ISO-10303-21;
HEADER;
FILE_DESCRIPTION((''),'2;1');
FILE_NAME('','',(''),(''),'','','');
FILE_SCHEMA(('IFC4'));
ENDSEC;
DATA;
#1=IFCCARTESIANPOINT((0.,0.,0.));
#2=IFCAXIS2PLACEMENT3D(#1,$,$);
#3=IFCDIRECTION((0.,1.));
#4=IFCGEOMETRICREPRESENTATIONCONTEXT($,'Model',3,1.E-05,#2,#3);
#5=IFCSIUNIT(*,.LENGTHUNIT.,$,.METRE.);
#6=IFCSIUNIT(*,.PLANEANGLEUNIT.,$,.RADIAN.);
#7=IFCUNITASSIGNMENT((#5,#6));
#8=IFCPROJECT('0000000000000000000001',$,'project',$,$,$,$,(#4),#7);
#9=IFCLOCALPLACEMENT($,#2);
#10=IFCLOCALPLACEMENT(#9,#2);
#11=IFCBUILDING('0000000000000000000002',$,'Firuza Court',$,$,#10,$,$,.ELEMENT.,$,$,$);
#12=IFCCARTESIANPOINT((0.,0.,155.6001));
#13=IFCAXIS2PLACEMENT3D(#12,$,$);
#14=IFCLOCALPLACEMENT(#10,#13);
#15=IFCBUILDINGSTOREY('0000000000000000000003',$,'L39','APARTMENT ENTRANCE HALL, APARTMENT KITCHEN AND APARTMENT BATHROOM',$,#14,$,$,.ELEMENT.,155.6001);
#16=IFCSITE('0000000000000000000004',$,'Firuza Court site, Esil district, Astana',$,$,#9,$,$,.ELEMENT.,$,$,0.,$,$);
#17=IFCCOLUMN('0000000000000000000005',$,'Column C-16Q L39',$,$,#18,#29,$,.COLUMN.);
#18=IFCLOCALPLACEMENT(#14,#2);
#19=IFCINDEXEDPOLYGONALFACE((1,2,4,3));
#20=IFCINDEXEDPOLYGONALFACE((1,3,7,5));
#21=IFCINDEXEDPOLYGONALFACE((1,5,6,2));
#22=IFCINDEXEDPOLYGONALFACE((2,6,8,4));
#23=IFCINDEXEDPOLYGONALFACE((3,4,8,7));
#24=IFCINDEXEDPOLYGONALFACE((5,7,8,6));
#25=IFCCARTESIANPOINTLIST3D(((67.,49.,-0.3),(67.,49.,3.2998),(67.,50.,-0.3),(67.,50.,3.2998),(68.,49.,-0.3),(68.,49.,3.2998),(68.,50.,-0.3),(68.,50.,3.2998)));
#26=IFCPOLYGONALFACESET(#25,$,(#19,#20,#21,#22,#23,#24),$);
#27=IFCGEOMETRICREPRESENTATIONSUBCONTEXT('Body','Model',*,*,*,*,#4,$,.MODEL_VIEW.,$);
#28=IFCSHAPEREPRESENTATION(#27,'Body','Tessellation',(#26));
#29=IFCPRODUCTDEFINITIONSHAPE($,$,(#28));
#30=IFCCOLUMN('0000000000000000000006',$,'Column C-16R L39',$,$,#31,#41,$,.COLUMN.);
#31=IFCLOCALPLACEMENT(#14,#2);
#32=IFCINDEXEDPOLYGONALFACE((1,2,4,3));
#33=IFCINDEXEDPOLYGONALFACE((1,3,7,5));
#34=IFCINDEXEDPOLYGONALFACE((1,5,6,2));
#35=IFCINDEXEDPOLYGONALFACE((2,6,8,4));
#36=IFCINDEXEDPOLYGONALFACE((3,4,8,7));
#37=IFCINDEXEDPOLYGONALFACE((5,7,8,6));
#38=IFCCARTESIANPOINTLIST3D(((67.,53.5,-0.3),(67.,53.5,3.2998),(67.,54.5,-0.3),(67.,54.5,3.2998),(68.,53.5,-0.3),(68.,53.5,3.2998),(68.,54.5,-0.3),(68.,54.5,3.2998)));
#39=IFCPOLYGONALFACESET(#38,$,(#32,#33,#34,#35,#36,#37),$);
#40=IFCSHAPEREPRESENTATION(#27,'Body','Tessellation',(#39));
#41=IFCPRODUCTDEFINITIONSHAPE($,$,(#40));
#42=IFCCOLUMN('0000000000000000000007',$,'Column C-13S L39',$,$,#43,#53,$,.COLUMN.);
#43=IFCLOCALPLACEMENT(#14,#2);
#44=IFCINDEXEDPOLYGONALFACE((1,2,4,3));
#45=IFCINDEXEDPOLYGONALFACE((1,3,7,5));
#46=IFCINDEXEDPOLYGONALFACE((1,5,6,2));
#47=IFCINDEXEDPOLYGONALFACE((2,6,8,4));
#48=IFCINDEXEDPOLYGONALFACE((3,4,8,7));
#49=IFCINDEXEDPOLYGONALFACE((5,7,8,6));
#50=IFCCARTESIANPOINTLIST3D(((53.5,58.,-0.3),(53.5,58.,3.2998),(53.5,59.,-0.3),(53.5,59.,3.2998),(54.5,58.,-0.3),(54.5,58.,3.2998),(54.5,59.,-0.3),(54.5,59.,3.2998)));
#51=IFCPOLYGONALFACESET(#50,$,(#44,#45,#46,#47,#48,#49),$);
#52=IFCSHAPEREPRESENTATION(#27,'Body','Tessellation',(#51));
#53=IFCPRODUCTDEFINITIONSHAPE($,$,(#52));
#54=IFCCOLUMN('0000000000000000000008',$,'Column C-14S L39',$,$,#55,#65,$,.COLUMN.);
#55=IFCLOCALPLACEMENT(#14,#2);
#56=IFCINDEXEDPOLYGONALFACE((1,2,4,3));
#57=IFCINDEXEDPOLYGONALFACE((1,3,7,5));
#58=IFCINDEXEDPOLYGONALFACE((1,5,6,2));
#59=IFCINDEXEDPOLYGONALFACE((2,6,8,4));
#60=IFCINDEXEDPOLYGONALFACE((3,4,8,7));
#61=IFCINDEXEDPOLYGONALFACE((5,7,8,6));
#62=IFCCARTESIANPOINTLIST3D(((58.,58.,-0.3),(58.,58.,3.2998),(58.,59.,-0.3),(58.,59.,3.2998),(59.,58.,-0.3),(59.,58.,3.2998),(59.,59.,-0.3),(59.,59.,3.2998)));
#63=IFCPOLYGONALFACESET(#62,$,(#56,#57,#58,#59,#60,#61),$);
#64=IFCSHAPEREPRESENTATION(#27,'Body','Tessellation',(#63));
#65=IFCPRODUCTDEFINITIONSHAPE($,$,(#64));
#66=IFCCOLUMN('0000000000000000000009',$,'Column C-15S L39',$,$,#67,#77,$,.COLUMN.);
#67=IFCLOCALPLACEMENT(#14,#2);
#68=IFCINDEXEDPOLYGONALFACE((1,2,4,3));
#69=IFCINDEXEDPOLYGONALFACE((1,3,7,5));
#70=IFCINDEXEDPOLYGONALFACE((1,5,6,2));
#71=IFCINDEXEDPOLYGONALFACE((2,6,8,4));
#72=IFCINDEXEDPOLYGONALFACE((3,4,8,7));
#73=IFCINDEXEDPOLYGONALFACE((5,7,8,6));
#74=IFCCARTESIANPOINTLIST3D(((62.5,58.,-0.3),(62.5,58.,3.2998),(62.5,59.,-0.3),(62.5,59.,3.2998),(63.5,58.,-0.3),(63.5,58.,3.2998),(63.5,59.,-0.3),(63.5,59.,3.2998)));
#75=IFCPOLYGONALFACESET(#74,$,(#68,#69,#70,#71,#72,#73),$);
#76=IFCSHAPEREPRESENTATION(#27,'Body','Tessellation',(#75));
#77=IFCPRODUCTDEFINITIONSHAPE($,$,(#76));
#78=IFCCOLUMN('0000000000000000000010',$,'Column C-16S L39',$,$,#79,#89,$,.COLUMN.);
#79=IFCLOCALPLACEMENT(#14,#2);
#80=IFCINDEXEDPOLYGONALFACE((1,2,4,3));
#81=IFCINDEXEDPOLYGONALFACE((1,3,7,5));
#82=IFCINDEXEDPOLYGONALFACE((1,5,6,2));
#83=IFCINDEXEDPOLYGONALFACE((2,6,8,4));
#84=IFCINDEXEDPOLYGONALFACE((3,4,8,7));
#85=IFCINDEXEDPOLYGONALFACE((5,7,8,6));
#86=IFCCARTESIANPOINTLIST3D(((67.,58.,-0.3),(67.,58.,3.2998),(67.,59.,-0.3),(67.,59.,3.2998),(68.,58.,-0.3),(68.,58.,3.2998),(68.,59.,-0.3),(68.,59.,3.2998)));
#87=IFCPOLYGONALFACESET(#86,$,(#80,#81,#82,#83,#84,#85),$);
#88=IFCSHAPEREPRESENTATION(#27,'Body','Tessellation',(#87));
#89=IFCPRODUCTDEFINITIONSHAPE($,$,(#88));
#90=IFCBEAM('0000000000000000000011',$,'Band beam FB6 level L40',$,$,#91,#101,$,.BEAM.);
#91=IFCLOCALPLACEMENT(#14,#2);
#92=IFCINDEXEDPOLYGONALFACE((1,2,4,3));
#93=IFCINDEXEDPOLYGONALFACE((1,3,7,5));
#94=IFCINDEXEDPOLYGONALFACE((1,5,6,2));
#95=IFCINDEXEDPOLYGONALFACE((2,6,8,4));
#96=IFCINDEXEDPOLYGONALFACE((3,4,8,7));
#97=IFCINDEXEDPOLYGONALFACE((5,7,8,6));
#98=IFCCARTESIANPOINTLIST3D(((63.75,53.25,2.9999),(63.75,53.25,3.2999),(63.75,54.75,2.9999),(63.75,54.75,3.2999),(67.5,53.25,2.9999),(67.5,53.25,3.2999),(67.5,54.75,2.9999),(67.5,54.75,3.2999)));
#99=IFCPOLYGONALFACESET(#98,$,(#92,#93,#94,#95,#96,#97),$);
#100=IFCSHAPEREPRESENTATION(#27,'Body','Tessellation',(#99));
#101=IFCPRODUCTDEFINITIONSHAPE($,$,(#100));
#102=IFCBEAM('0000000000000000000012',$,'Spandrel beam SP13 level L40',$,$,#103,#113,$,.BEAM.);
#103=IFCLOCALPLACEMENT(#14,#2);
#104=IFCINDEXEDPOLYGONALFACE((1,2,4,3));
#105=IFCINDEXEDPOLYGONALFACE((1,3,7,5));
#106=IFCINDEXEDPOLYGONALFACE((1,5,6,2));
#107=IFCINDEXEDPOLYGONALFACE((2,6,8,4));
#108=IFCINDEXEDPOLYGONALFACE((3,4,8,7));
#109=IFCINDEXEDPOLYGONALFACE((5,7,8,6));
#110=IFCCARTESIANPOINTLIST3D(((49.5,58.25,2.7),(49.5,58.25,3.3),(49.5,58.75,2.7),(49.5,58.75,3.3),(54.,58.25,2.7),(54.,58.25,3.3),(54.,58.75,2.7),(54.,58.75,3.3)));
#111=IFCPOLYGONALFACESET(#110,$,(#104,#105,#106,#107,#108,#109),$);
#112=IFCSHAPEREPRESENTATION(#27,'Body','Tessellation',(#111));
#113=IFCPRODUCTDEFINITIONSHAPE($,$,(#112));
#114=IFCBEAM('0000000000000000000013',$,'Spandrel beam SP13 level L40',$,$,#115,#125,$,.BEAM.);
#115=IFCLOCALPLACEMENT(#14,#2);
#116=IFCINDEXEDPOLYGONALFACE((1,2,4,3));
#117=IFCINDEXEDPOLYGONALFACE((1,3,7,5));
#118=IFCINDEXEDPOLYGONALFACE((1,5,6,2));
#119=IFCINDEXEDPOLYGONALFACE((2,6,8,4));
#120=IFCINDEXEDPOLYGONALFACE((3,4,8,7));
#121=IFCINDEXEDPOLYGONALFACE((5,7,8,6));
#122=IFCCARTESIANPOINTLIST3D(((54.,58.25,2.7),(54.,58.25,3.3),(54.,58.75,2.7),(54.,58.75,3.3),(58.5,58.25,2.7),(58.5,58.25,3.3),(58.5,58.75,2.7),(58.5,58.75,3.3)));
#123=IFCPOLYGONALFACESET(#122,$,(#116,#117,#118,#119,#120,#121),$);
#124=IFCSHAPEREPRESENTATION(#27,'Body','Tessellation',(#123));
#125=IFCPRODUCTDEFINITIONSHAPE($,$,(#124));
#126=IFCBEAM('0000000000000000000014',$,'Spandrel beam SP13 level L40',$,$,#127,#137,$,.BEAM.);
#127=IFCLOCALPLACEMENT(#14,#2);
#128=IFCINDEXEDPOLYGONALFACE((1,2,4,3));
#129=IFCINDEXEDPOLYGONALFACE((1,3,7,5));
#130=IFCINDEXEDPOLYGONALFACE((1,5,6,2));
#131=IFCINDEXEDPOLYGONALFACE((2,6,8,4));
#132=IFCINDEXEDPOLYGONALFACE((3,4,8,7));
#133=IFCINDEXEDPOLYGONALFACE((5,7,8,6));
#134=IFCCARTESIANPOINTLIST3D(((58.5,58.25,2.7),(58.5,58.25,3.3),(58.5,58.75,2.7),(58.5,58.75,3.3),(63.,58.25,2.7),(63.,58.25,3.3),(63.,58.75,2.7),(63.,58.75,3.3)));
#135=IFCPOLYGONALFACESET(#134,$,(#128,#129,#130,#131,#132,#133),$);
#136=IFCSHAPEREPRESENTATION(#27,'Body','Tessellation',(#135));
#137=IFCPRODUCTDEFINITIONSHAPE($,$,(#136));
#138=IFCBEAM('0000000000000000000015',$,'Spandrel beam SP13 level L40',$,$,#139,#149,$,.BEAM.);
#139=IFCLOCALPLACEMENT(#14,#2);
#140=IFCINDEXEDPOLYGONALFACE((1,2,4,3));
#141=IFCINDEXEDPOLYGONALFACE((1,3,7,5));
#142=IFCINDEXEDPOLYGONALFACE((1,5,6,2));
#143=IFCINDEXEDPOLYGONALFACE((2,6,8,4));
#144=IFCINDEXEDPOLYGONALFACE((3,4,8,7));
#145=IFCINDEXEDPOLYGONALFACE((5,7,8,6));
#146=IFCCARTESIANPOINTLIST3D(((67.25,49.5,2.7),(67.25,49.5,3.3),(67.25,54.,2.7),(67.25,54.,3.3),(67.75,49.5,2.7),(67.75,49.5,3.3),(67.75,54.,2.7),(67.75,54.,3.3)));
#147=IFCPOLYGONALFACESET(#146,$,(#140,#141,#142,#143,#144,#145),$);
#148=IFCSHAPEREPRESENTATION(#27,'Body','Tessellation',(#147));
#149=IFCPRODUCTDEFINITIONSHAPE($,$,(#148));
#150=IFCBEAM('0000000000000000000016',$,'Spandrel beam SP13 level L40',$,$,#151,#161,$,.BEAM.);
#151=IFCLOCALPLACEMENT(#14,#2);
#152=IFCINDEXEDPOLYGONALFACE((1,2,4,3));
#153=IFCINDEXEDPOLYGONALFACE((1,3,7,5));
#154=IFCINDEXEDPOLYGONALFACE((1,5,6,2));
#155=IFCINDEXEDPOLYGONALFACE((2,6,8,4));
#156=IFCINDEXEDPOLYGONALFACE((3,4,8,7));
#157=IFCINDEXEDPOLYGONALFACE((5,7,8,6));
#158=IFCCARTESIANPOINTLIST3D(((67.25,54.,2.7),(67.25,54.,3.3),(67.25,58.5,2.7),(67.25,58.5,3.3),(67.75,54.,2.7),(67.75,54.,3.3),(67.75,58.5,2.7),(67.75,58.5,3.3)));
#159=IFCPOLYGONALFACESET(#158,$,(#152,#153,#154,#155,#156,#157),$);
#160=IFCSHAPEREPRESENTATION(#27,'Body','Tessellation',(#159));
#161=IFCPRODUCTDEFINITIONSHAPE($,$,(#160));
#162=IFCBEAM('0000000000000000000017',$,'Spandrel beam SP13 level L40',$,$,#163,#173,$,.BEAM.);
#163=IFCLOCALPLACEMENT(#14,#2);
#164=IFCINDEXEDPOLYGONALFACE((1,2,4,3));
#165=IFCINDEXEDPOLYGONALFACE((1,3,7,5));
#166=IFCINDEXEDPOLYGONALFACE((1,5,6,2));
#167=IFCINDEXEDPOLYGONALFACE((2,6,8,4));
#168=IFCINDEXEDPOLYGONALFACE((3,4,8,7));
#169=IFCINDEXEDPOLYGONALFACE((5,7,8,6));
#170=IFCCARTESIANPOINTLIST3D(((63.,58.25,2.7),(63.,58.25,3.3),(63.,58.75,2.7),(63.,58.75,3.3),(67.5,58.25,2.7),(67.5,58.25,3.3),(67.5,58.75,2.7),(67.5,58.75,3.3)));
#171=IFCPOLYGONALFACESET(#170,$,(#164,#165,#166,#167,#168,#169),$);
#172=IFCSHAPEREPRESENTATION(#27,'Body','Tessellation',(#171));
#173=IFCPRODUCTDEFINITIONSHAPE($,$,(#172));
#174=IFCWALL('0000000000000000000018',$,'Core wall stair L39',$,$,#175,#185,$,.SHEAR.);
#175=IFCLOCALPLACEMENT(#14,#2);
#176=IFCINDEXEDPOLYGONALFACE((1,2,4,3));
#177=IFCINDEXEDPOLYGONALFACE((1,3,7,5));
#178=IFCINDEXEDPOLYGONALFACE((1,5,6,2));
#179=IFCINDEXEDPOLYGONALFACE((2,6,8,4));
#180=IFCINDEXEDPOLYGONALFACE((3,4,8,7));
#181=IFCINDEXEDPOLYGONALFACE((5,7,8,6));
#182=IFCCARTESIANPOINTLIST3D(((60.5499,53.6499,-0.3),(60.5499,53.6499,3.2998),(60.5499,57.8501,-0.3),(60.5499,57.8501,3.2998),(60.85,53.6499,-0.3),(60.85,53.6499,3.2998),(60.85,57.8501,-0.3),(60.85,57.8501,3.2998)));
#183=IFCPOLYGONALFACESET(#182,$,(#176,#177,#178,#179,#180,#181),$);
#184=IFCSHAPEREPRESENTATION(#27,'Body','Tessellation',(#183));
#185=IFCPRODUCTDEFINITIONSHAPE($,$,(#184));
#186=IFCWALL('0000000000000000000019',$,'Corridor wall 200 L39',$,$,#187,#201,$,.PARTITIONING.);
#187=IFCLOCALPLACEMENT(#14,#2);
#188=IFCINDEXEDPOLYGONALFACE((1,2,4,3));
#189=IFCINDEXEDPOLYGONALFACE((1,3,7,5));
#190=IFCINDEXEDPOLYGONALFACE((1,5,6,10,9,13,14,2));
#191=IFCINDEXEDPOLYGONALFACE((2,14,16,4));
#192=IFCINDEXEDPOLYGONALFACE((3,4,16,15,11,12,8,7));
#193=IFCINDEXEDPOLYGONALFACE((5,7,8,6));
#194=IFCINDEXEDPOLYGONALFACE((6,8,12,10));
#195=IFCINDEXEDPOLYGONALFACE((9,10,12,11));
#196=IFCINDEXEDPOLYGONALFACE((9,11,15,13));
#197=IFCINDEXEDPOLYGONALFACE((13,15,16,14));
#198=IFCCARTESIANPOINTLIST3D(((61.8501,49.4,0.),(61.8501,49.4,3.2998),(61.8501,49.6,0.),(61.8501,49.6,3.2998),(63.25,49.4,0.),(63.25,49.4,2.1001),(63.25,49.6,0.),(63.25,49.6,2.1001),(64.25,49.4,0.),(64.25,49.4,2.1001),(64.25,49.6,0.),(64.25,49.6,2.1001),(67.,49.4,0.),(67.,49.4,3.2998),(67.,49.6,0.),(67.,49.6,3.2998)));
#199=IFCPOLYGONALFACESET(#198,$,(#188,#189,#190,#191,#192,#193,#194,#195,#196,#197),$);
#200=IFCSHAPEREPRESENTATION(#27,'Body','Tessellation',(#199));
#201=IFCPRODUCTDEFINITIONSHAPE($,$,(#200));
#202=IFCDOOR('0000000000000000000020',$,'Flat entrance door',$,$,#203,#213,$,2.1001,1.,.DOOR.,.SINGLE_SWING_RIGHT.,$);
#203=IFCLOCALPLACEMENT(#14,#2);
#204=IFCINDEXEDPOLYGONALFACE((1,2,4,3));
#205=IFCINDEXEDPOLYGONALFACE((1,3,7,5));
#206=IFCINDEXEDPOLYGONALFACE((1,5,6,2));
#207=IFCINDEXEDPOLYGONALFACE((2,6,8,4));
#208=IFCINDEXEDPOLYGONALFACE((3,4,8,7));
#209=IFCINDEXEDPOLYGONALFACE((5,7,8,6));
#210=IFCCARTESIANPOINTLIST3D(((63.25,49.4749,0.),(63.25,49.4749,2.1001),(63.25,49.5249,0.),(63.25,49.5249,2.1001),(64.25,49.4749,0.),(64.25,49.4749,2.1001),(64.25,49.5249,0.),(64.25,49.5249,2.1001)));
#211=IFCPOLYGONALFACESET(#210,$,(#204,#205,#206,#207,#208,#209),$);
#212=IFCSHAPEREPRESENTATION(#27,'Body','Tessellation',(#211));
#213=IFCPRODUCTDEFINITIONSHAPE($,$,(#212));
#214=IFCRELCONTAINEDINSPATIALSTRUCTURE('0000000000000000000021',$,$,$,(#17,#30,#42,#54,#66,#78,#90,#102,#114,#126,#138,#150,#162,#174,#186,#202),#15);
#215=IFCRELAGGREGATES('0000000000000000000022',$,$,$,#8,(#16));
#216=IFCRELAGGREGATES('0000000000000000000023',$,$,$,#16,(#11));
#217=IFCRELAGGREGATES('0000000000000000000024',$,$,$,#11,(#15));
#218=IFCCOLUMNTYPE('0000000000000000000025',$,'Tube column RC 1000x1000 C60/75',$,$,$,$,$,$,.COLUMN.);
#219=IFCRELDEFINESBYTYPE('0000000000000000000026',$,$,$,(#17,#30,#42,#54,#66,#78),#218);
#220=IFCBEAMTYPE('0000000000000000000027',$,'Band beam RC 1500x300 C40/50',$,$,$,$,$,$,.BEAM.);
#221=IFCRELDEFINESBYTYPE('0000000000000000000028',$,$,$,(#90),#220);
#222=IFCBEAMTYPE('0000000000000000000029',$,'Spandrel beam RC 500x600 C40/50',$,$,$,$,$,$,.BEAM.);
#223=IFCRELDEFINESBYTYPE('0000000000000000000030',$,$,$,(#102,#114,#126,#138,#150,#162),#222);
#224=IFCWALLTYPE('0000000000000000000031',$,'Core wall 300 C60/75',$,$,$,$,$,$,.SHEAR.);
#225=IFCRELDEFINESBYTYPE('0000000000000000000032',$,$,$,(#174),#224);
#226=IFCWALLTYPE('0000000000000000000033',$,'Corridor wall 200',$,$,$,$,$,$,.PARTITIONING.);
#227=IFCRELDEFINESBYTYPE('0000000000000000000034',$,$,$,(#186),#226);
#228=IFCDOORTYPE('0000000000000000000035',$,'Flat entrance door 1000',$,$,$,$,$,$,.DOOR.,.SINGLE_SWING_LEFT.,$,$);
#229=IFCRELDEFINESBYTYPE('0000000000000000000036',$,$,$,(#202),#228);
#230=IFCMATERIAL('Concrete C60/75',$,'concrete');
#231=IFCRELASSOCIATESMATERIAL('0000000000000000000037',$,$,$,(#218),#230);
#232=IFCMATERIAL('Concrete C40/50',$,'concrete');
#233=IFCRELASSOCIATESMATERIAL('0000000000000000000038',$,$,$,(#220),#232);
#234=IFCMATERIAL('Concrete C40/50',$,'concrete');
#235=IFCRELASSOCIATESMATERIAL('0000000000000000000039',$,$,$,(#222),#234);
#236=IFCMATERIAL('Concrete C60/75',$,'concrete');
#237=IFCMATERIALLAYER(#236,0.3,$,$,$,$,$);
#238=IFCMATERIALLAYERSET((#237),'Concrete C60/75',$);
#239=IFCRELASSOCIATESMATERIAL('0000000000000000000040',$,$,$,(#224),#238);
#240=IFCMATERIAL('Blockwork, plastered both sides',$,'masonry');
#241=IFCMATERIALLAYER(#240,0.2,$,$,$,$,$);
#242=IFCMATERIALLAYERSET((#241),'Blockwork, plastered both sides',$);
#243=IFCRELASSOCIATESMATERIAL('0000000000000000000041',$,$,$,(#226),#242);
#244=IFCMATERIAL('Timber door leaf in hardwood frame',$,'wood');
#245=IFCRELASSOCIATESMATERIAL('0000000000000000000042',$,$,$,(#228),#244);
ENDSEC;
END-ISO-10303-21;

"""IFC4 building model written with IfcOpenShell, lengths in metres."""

from ifc_helpers import new_model, si_unit, direction, frame, frame_2d, origin, origin_2d, place, context, subcontext, project, spatial, rectangle, extrude, material, layer, layer_set, material_profile, profile_set, type_object, element, fill, save


model = new_model("IFC4")

# Units and contexts
model_context = context("Model", 3, precision=1e-05, world=origin(), true_north=direction((0.0, 1.0)))
body_context = subcontext(model_context, "Body", "Model", "MODEL_VIEW")
ifc_project = project(units=[si_unit("LENGTHUNIT", "METRE"), si_unit("PLANEANGLEUNIT", "RADIAN")], contexts=[model_context])

# Site, building, storey
site_placement = place(None, origin())
site = spatial("IfcSite", under=ifc_project, at=site_placement, Name="Firuza Court site, Esil district, Astana", CompositionType="ELEMENT", RefElevation=0.0)
building_placement = place(site_placement, origin())
building = spatial("IfcBuilding", under=site, at=building_placement, Name="Firuza Court", CompositionType="ELEMENT")
storey_placement = place(building_placement, frame((0.0, 0.0, 155.6001)))
storey = spatial("IfcBuildingStorey", under=building, at=storey_placement, Name="L39", Description="APARTMENT ENTRANCE HALL, APARTMENT KITCHEN AND APARTMENT BATHROOM", CompositionType="ELEMENT", Elevation=155.6001)

# Columns
ifc_material_1 = material(Name="Concrete C60/75", Category="concrete")
ifc_material_profile_1 = material_profile(ifc_material_1, rectangle(XDim=1.0, YDim=1.0, at=origin_2d()), Name="RC 1000x1000")
ifc_profile_set_1 = profile_set([ifc_material_profile_1], Name="Concrete C60/75")
column_type = type_object("IfcColumnType", Name="Tube column RC 1000x1000 C60/75", PredefinedType="COLUMN", material=ifc_profile_set_1)
for number, where, z_axis, x_axis, name in (
    (1, (67.5, 49.5, -0.3), (0.0, 0.0, 1.0), (1.0, 0.0, 0.0), "Column C-16Q L39"),
    (2, (67.5, 54.0, -0.3), (0.0, 0.0, 1.0), (1.0, 0.0, 0.0), "Column C-16R L39"),
    (3, (54.0, 58.5, -0.3), (0.0, 0.0, 1.0), (1.0, 0.0, 0.0), "Column C-13S L39"),
    (4, (58.5, 58.5, -0.3), (0.0, 0.0, 1.0), (1.0, 0.0, 0.0), "Column C-14S L39"),
    (5, (63.0, 58.5, -0.3), (0.0, 0.0, 1.0), (1.0, 0.0, 0.0), "Column C-15S L39"),
    (6, (67.5, 58.5, -0.3), (0.0, 0.0, 1.0), (1.0, 0.0, 0.0), "Column C-16S L39"),
):
    element("IfcColumn", number, at=place(storey_placement, frame(where, z_axis=z_axis, x_axis=x_axis)), inside=storey, type_object=column_type, Name=name, PredefinedType="COLUMN", context=body_context, shape_type="SweptSolid", body=[
        extrude(rectangle(XDim=1.0, YDim=1.0, at=origin_2d()), origin(), (0.0, 0.0, 1.0), 3.5999),
    ])

# Beams
ifc_material_2 = material(Name="Concrete C40/50", Category="concrete")
ifc_material_profile_2 = material_profile(ifc_material_2, rectangle(XDim=1.5, YDim=0.3, at=origin_2d()), Name="RC 1500x300")
ifc_profile_set_2 = profile_set([ifc_material_profile_2], Name="Concrete C40/50")
beam_type_1 = type_object("IfcBeamType", Name="Band beam RC 1500x300 C40/50", PredefinedType="BEAM", material=ifc_profile_set_2)
beam_placement = place(storey_placement, frame((67.5, 54.0, 3.1499), z_axis=(-1.0, 0.0, 0.0), x_axis=(0.0, -1.0, 0.0)))
element("IfcBeam", 7, at=beam_placement, inside=storey, type_object=beam_type_1, Name="Band beam FB6 level L40", PredefinedType="BEAM", context=body_context, shape_type="SweptSolid", body=[
    extrude(rectangle(XDim=1.5, YDim=0.3, at=origin_2d()), origin(), (0.0, 0.0, 1.0), 3.75),
])
ifc_material_3 = material(Name="Concrete C40/50", Category="concrete")
ifc_material_profile_3 = material_profile(ifc_material_3, rectangle(XDim=0.5, YDim=0.6001, at=origin_2d()), Name="RC 500x600")
ifc_profile_set_3 = profile_set([ifc_material_profile_3], Name="Concrete C40/50")
beam_type_2 = type_object("IfcBeamType", Name="Spandrel beam RC 500x600 C40/50", PredefinedType="BEAM", material=ifc_profile_set_3)
for number, where, z_axis, x_axis, name in (
    (8, (54.0, 58.5, 3.0), (-1.0, 0.0, 0.0), (0.0, -1.0, 0.0), "Spandrel beam SP13 level L40"),
    (9, (58.5, 58.5, 3.0), (-1.0, 0.0, 0.0), (0.0, -1.0, 0.0), "Spandrel beam SP13 level L40"),
    (10, (63.0, 58.5, 3.0), (-1.0, 0.0, 0.0), (0.0, -1.0, 0.0), "Spandrel beam SP13 level L40"),
    (11, (67.5, 49.5, 3.0), (0.0, 1.0, 0.0), (-1.0, 0.0, 0.0), "Spandrel beam SP13 level L40"),
    (12, (67.5, 54.0, 3.0), (0.0, 1.0, 0.0), (-1.0, 0.0, 0.0), "Spandrel beam SP13 level L40"),
    (13, (67.5, 58.5, 3.0), (-1.0, 0.0, 0.0), (0.0, -1.0, 0.0), "Spandrel beam SP13 level L40"),
):
    element("IfcBeam", number, at=place(storey_placement, frame(where, z_axis=z_axis, x_axis=x_axis)), inside=storey, type_object=beam_type_2, Name=name, PredefinedType="BEAM", context=body_context, shape_type="SweptSolid", body=[
        extrude(rectangle(XDim=0.5, YDim=0.6001, at=origin_2d()), origin(), (0.0, 0.0, 1.0), 4.5),
    ])

# Wall
ifc_material_4 = material(Name="Concrete C60/75", Category="concrete")
ifc_layer_1 = layer(ifc_material_4, 0.3)
ifc_layer_set_1 = layer_set([ifc_layer_1], Name="Concrete C60/75")
wall_type_1 = type_object("IfcWallType", Name="Core wall 300 C60/75", PredefinedType="SHEAR", material=ifc_layer_set_1)
wall_1_placement = place(storey_placement, frame((60.7, 53.6499, -0.3), z_axis=(0.0, 0.0, 1.0), x_axis=(0.0, 1.0, 0.0)))
element("IfcWall", 14, at=wall_1_placement, inside=storey, type_object=wall_type_1, Name="Core wall stair L39", PredefinedType="SHEAR", context=body_context, shape_type="SweptSolid", body=[
    extrude(rectangle(XDim=4.2002, YDim=0.3, at=frame_2d((2.1001, 0.0))), origin(), (0.0, 0.0, 1.0), 3.5999),
])

# Wall, opening, door
ifc_material_5 = material(Name="Blockwork, plastered both sides", Category="masonry")
ifc_layer_2 = layer(ifc_material_5, 0.2)
ifc_layer_set_2 = layer_set([ifc_layer_2], Name="Blockwork, plastered both sides")
wall_type_2 = type_object("IfcWallType", Name="Corridor wall 200", PredefinedType="PARTITIONING", material=ifc_layer_set_2)
wall_2_placement = place(storey_placement, frame((61.8501, 49.5, 0.0), z_axis=(0.0, 0.0, 1.0), x_axis=(1.0, 0.0, 0.0)))
wall_2 = element("IfcWall", 15, at=wall_2_placement, inside=storey, type_object=wall_type_2, Name="Corridor wall 200 L39", PredefinedType="PARTITIONING", context=body_context, shape_type="SweptSolid", body=[
    extrude(rectangle(XDim=5.1499, YDim=0.2, at=frame_2d((2.575, 0.0))), origin(), (0.0, 0.0, 1.0), 3.2998),
])
opening_1_placement = place(wall_2_placement, frame((1.3999, 0.0, 0.0)))
opening_1 = element("IfcOpeningElement", 16, at=opening_1_placement, cuts=wall_2, PredefinedType="OPENING", context=body_context, shape_type="SweptSolid", body=[
    extrude(rectangle(XDim=1.0, YDim=2.1001, at=frame_2d((0.5, 1.05))), frame((0.0, 0.1118, 0.0), z_axis=(0.0, -1.0, 0.0), x_axis=(1.0, 0.0, 0.0)), (0.0, 0.0, 1.0), 0.2239),
])
ifc_material_6 = material(Name="Timber door leaf in hardwood frame", Category="wood")
door_type_1 = type_object("IfcDoorType", Name="Flat entrance door 1000", OperationType="SINGLE_SWING_LEFT", PredefinedType="DOOR", material=ifc_material_6)
door_1_placement = place(opening_1_placement, origin())
door_1 = element("IfcDoor", 17, at=door_1_placement, inside=storey, type_object=door_type_1, Name="Flat entrance door", OperationType="SINGLE_SWING_RIGHT", OverallHeight=2.1001, OverallWidth=1.0, PredefinedType="DOOR", context=body_context, shape_type="SweptSolid", body=[
    extrude(rectangle(XDim=1.0, YDim=2.1001, at=frame_2d((0.5, 1.05))), frame((0.0, 0.0249, 0.0), z_axis=(0.0, -1.0, 0.0), x_axis=(1.0, 0.0, 0.0)), (0.0, 0.0, 1.0), 0.05),
])
fill(opening_1, door_1)

save(model, "model.ifc")
